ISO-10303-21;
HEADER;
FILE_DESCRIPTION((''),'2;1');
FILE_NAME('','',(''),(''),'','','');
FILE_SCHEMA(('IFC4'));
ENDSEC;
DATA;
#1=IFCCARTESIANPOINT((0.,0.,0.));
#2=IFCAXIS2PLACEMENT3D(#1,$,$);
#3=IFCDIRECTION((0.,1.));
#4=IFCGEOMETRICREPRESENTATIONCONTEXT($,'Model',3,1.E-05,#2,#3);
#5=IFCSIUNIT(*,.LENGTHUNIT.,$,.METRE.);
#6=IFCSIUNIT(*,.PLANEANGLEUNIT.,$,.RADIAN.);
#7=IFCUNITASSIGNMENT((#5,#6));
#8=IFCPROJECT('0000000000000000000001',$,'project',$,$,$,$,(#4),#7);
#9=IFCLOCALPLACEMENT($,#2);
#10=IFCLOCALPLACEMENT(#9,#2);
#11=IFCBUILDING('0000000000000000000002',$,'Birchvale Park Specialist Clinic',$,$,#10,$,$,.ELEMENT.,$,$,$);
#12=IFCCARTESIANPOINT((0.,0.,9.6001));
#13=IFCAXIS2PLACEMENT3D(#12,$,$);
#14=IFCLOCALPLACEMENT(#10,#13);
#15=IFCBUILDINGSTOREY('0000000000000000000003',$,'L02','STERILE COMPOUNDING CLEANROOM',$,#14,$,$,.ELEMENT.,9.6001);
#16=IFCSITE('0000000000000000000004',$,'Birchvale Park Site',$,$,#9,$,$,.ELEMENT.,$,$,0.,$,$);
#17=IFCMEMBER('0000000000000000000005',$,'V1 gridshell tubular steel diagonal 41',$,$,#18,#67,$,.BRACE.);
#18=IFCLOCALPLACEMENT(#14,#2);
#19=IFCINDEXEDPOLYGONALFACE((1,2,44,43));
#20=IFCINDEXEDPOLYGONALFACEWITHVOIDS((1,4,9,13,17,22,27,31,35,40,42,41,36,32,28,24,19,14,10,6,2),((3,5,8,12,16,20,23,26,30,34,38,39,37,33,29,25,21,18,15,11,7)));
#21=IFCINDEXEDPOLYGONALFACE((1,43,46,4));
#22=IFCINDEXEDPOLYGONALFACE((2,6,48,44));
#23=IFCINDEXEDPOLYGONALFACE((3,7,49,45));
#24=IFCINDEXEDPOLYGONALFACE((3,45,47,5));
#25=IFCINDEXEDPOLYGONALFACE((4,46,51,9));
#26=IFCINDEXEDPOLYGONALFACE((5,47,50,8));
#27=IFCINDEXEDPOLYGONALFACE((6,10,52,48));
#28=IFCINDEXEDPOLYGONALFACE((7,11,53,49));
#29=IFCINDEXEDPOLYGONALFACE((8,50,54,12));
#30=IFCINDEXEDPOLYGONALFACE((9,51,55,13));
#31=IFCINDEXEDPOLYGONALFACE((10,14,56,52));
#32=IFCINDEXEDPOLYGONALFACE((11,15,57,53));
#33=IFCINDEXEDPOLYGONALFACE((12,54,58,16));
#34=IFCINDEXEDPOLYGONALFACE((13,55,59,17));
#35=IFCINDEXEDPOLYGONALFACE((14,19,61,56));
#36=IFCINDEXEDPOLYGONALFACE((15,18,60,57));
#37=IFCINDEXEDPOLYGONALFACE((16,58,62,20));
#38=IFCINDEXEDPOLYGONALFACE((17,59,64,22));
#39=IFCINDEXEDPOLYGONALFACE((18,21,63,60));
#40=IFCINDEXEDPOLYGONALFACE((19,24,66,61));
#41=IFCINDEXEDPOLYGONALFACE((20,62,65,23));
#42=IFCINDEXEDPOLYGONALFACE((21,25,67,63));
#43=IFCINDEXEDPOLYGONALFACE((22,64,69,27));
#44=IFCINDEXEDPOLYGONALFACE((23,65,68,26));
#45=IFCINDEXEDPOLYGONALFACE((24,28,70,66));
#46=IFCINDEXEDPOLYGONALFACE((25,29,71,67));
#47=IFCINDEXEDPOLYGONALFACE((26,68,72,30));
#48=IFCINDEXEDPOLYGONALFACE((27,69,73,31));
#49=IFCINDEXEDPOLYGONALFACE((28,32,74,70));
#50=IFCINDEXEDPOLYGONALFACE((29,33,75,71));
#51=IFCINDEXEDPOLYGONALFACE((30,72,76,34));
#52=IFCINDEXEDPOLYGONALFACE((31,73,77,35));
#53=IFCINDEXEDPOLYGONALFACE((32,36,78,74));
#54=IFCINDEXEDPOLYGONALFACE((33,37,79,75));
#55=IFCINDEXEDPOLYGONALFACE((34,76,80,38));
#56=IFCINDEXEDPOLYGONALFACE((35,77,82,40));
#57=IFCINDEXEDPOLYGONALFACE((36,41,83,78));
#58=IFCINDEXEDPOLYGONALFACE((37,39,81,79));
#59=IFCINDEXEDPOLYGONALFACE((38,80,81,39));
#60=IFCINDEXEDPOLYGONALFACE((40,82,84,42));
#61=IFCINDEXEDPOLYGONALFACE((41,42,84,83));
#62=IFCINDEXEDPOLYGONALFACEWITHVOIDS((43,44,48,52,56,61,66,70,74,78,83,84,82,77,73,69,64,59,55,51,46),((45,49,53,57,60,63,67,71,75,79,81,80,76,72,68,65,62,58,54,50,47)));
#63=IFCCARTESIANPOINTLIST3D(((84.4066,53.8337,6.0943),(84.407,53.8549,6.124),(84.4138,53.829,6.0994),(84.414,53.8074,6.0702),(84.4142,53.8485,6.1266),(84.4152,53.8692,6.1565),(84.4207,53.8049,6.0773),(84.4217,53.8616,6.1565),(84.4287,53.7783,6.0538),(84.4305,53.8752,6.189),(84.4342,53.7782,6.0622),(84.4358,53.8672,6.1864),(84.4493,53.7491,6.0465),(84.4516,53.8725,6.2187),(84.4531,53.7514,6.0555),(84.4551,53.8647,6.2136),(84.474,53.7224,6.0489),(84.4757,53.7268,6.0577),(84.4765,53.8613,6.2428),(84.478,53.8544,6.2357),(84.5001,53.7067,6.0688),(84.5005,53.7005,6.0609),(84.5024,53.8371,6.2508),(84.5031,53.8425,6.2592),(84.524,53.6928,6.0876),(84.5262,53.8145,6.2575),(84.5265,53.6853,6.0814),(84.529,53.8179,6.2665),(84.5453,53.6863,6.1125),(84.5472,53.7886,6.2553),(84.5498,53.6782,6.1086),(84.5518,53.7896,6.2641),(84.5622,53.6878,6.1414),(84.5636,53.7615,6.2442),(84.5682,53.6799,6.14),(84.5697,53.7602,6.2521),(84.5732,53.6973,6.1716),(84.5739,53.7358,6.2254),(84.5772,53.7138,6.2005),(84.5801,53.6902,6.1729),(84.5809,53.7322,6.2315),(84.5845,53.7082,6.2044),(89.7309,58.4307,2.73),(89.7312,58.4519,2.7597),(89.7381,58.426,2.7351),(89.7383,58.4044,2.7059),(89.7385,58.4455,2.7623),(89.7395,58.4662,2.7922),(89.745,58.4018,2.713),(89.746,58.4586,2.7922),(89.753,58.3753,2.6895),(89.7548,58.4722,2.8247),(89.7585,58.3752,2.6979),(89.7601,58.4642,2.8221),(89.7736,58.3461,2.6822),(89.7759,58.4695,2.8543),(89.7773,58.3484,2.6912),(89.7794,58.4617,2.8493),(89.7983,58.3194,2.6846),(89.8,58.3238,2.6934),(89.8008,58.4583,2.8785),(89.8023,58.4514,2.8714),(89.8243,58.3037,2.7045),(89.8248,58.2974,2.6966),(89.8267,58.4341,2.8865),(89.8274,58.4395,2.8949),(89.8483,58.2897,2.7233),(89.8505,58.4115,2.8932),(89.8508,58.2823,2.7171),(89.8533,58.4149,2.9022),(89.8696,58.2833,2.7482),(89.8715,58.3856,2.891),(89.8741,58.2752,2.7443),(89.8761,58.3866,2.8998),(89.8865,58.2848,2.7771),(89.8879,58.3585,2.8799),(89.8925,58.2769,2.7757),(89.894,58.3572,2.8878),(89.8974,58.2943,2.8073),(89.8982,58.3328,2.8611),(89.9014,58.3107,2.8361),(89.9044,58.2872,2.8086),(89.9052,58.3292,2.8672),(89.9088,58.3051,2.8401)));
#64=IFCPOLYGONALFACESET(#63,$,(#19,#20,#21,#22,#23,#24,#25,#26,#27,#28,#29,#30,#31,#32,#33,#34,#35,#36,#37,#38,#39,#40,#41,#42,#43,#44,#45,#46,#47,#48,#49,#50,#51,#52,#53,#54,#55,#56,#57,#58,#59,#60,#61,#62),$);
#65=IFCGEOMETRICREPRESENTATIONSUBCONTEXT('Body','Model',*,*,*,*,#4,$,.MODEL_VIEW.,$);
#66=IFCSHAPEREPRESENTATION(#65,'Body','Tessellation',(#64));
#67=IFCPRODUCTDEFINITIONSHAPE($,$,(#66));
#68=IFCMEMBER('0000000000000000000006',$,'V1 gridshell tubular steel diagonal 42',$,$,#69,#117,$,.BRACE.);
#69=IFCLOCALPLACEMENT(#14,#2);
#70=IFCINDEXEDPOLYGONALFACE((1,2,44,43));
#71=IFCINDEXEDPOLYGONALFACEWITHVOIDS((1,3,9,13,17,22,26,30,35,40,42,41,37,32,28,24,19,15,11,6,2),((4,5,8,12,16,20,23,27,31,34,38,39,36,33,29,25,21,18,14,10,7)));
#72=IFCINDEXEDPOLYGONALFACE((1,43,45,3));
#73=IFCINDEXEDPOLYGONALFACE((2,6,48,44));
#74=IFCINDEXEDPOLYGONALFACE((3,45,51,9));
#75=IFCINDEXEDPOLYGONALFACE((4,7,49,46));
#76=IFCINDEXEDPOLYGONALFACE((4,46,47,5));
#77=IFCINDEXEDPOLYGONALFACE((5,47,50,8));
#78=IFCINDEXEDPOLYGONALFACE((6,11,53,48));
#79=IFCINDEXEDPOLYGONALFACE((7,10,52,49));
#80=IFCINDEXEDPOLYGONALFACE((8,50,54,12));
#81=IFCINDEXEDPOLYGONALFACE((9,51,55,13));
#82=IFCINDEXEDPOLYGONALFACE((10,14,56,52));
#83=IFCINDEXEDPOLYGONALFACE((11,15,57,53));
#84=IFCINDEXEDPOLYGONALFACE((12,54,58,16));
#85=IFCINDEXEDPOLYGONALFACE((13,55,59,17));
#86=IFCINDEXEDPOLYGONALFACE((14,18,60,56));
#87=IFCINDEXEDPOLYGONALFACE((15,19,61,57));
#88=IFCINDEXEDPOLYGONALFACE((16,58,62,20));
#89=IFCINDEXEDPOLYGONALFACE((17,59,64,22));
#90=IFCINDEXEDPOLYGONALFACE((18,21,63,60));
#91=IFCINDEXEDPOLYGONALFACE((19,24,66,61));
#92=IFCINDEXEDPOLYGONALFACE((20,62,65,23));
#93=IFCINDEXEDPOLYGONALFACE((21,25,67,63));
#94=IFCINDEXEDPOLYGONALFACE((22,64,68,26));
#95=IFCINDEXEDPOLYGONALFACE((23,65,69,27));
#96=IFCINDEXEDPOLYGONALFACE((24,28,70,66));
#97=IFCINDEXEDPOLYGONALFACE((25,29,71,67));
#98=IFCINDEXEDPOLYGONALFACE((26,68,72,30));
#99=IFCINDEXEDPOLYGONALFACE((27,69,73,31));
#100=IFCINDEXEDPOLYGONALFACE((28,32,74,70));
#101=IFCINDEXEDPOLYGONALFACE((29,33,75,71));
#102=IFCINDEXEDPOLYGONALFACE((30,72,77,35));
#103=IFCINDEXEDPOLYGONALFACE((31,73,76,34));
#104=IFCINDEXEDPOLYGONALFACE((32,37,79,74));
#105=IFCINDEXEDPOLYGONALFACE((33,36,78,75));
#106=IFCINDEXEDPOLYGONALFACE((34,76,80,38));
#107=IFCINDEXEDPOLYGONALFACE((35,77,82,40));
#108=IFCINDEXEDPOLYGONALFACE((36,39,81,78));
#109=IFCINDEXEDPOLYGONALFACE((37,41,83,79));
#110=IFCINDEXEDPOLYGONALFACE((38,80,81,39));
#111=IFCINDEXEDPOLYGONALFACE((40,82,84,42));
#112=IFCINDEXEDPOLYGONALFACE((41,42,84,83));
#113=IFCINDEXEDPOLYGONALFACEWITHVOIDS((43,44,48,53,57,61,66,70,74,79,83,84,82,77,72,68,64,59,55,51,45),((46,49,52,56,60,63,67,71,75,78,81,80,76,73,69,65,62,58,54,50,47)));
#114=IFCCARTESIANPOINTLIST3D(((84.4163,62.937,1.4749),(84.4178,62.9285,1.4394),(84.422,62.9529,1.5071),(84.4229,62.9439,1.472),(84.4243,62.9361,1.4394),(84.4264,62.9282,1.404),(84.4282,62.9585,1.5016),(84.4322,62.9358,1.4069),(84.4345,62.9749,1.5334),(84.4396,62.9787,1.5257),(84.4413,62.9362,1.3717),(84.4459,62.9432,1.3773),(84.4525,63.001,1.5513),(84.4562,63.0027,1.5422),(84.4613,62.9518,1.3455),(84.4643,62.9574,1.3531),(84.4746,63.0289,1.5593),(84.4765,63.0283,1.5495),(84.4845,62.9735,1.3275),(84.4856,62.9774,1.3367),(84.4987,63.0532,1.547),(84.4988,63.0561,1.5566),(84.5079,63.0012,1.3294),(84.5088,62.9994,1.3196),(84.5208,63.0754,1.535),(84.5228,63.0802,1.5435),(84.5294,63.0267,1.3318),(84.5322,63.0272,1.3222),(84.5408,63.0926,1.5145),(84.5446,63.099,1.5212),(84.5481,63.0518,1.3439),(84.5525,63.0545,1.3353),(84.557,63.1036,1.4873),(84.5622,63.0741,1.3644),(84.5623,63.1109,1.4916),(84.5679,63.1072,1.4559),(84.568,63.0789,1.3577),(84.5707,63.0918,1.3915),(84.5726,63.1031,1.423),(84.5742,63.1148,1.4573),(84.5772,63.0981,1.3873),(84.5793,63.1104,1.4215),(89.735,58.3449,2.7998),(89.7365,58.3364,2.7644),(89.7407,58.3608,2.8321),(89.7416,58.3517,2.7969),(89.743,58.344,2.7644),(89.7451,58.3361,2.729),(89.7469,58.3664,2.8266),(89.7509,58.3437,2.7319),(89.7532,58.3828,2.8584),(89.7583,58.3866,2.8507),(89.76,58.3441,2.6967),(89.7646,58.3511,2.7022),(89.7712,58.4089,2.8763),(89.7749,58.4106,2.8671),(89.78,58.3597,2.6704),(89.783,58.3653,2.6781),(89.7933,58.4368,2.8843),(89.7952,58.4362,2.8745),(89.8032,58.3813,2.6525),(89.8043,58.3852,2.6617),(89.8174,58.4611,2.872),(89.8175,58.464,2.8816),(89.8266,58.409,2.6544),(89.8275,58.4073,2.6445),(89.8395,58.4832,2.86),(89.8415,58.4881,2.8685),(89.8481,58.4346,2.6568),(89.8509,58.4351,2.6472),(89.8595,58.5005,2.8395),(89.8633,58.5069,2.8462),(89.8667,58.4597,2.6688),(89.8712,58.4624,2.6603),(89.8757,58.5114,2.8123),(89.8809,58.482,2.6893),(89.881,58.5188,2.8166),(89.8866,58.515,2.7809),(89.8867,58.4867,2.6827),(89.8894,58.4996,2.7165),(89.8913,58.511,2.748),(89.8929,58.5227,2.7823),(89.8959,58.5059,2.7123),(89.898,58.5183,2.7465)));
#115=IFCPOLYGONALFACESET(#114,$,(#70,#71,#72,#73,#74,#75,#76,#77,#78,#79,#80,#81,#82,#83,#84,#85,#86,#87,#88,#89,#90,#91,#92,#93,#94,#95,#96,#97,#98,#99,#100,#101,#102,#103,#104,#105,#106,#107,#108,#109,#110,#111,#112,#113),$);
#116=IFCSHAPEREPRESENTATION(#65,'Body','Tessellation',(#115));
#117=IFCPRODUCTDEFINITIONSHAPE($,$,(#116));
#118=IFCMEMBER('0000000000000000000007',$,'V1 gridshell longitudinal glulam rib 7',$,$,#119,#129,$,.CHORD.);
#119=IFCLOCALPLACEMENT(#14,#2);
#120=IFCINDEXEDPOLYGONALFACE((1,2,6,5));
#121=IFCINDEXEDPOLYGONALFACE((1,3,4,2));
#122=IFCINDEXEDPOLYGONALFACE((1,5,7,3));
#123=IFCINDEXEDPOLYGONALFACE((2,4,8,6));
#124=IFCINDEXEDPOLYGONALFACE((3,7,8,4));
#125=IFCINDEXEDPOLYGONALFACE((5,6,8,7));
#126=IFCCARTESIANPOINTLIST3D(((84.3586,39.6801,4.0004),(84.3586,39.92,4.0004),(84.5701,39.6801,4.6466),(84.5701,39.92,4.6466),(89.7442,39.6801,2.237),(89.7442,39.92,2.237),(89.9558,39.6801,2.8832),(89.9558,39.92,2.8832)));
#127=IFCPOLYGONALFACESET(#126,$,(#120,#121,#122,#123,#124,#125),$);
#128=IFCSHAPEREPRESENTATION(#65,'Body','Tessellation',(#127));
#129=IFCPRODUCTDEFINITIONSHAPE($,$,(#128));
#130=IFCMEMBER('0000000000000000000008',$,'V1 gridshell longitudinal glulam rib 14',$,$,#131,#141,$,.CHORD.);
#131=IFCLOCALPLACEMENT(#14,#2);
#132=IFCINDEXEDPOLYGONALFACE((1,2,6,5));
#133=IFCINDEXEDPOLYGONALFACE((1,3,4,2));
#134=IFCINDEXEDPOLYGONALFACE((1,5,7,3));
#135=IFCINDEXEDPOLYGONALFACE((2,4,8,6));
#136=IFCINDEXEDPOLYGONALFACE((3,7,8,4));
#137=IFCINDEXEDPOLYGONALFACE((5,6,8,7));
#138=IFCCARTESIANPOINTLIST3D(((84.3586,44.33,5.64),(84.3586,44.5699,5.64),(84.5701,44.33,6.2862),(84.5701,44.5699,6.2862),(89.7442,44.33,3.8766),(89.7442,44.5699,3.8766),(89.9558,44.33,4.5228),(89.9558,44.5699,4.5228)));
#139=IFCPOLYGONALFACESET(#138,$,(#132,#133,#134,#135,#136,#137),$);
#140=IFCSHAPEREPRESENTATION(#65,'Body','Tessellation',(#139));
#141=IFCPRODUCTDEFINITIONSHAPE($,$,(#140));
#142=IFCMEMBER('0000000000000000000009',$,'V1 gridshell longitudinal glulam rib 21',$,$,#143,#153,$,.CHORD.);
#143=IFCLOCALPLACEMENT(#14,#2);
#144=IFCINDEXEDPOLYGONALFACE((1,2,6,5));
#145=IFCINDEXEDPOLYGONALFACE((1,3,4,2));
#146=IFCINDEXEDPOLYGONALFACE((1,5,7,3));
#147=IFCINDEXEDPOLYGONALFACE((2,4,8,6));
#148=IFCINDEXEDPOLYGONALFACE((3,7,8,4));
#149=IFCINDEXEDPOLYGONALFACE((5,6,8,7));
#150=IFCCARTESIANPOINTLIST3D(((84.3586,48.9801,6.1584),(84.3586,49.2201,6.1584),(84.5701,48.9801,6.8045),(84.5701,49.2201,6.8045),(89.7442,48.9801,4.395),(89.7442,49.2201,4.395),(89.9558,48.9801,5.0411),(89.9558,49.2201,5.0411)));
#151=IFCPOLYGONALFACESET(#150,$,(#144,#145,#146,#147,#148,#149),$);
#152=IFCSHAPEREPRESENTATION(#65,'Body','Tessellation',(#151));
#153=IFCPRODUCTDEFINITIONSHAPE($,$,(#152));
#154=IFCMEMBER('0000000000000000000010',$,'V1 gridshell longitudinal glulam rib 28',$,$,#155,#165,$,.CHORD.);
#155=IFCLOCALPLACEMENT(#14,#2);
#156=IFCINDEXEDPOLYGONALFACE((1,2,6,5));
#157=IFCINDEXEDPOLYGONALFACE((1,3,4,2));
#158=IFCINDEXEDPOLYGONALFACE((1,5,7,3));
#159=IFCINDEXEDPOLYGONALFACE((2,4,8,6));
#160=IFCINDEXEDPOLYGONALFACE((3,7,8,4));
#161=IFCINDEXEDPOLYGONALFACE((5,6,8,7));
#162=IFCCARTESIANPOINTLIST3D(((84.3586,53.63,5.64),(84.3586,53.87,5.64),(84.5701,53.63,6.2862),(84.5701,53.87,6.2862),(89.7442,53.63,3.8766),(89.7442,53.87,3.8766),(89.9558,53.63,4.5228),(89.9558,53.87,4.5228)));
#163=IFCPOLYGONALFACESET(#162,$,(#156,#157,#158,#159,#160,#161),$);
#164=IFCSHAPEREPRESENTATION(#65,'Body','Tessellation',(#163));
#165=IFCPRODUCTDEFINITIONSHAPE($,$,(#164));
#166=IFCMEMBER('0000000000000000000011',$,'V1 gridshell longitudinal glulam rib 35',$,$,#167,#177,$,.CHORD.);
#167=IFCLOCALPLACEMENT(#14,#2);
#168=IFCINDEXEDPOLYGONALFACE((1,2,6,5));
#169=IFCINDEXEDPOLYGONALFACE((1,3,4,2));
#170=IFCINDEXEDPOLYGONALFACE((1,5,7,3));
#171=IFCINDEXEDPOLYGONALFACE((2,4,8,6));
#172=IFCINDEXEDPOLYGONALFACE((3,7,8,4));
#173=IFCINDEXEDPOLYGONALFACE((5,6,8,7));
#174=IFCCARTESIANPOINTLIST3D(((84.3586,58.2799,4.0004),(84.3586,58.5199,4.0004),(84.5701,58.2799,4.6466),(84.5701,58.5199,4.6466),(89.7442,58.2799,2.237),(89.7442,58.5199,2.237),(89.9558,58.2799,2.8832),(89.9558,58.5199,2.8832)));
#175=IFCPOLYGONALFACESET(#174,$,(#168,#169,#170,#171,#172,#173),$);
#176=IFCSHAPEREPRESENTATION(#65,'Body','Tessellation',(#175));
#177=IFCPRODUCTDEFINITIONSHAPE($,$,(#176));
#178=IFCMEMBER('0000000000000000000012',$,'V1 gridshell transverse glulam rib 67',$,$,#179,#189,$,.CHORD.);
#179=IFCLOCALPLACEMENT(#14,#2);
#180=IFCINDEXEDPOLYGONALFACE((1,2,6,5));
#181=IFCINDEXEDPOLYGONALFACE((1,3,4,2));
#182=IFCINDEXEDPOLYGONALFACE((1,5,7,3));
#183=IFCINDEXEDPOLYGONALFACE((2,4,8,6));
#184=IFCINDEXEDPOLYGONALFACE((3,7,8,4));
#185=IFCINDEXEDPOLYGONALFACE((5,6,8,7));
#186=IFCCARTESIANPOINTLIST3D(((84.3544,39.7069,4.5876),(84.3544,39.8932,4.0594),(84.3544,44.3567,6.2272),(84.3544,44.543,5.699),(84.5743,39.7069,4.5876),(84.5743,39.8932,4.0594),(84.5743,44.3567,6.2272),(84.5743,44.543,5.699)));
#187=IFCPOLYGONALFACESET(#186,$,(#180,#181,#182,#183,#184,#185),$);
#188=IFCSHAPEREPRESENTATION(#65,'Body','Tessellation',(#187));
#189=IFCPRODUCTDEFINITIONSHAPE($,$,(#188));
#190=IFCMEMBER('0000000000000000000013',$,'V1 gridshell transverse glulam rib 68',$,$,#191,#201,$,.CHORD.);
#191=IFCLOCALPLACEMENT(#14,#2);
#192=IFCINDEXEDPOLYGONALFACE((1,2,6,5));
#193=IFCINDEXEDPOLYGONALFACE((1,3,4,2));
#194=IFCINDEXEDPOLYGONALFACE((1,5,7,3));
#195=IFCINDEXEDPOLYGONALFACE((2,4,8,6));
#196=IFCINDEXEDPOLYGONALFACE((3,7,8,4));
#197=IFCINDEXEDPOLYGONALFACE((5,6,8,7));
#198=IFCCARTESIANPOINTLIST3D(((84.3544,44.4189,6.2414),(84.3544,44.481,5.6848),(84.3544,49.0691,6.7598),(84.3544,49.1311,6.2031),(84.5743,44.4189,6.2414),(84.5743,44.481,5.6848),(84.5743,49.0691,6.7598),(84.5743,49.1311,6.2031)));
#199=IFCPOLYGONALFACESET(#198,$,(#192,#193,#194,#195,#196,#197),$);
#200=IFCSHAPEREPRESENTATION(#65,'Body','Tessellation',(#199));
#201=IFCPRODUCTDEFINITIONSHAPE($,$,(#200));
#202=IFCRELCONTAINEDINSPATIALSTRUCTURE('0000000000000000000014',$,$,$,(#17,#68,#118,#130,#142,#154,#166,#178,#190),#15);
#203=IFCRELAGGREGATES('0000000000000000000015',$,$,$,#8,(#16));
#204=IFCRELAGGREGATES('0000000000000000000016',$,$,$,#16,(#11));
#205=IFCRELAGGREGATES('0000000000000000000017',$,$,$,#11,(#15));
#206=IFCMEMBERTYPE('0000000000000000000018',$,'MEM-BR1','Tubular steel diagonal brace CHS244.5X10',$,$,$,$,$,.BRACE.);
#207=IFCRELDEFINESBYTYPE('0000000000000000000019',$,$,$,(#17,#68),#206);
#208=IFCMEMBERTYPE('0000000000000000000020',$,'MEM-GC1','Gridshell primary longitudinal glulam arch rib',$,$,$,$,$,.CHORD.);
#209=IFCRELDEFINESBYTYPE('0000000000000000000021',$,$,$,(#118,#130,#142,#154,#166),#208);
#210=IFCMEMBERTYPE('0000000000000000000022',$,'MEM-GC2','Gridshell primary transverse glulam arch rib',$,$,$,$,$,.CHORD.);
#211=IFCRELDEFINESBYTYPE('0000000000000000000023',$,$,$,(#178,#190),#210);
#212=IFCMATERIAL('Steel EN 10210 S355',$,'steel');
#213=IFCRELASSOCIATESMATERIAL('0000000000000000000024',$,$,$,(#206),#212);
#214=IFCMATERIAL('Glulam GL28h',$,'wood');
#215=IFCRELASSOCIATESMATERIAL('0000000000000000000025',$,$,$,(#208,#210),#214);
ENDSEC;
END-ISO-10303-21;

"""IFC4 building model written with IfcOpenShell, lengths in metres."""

from ifc_helpers import new_model, si_unit, direction, frame, origin, origin_2d, place, context, subcontext, project, spatial, rectangle, hollow_circle, extrude, material, material_profile, profile_set, type_object, element, save


model = new_model("IFC4")

# Units and contexts
model_context = context("Model", 3, precision=1e-05, world=origin(), true_north=direction((0.0, 1.0)))
body_context = subcontext(model_context, "Body", "Model", "MODEL_VIEW")
ifc_project = project(units=[si_unit("LENGTHUNIT", "METRE"), si_unit("PLANEANGLEUNIT", "RADIAN")], contexts=[model_context])

# Site, building, storey
site_placement = place(None, origin())
site = spatial("IfcSite", under=ifc_project, at=site_placement, Name="Birchvale Park Site", CompositionType="ELEMENT", RefElevation=0.0)
building_placement = place(site_placement, origin())
building = spatial("IfcBuilding", under=site, at=building_placement, Name="Birchvale Park Specialist Clinic", CompositionType="ELEMENT")
storey_placement = place(building_placement, frame((0.0, 0.0, 9.6001)))
storey = spatial("IfcBuildingStorey", under=building, at=storey_placement, Name="L02", Description="STERILE COMPOUNDING CLEANROOM", CompositionType="ELEMENT", Elevation=9.6001)

# Members
ifc_material_1 = material(Name="Steel EN 10210 S355", Category="steel")
ifc_material_profile_1 = material_profile(ifc_material_1, hollow_circle(Radius=0.1223, WallThickness=0.01, at=origin_2d()), Name="CHS244.5X10")
ifc_profile_set_1 = profile_set([ifc_material_profile_1], Name="Steel EN 10210 S355")
member_type_1 = type_object("IfcMemberType", Name="MEM-BR1", Description="Tubular steel diagonal brace CHS244.5X10", PredefinedType="BRACE", material=ifc_profile_set_1)
member_1_placement = place(storey_placement, frame((84.4951, 53.7766, 6.1565), z_axis=(0.682832, 0.589556, -0.431467), x_axis=(-0.653517, 0.756912, 0.0)))
element("IfcMember", 1, at=member_1_placement, inside=storey, type_object=member_type_1, Name="V1 gridshell tubular steel diagonal 41", PredefinedType="BRACE", context=body_context, shape_type="SweptSolid", body=[
    extrude(hollow_circle(Radius=0.1223, WallThickness=0.01, at=origin_2d()), origin(), (0.0, 0.0, 1.0), 7.7974),
])
member_2_placement = place(storey_placement, frame((89.8164, 58.429, 2.7644), z_axis=(-0.743807, 0.642197, -0.185294), x_axis=(-0.653514, -0.756914, 0.0)))
element("IfcMember", 2, at=member_2_placement, inside=storey, type_object=member_type_1, Name="V1 gridshell tubular steel diagonal 42", PredefinedType="BRACE", context=body_context, shape_type="SweptSolid", body=[
    extrude(hollow_circle(Radius=0.1223, WallThickness=0.01, at=origin_2d()), origin(), (0.0, 0.0, 1.0), 7.1506),
])
ifc_material_2 = material(Name="Glulam GL28h", Category="wood")
ifc_material_profile_2 = material_profile(ifc_material_2, rectangle(XDim=0.24, YDim=0.6799, at=origin_2d()), Name="GL-240x680")
ifc_profile_set_2 = profile_set([ifc_material_profile_2], Name="Glulam GL28h")
member_type_2 = type_object("IfcMemberType", Name="MEM-GC1", Description="Gridshell primary longitudinal glulam arch rib", PredefinedType="CHORD", material=ifc_profile_set_2)
for number, where, z_axis, x_axis, name in (
    (3, (84.4644, 39.8, 4.3235), (0.950354, 0.0, -0.31117), (0.0, 1.0, 0.0), "V1 gridshell longitudinal glulam rib 7"),
    (4, (84.4644, 44.45, 5.9631), (0.950354, 0.0, -0.31117), (0.0, 1.0, 0.0), "V1 gridshell longitudinal glulam rib 14"),
    (5, (84.4644, 49.1001, 6.4814), (0.950354, 0.0, -0.31117), (0.0, 1.0, 0.0), "V1 gridshell longitudinal glulam rib 21"),
    (6, (84.4644, 53.75, 5.9631), (0.950354, 0.0, -0.31117), (0.0, 1.0, 0.0), "V1 gridshell longitudinal glulam rib 28"),
    (7, (84.4644, 58.3999, 4.3235), (0.950354, 0.0, -0.31117), (0.0, 1.0, 0.0), "V1 gridshell longitudinal glulam rib 35"),
):
    element("IfcMember", number, at=place(storey_placement, frame(where, z_axis=z_axis, x_axis=x_axis)), inside=storey, type_object=member_type_2, Name=name, PredefinedType="CHORD", context=body_context, shape_type="SweptSolid", body=[
        extrude(rectangle(XDim=0.24, YDim=0.6799, at=origin_2d()), origin(), (0.0, 0.0, 1.0), 5.667),
    ])
ifc_material_profile_3 = material_profile(ifc_material_2, rectangle(XDim=0.22, YDim=0.5601, at=origin_2d()), Name="GL-220x560")
ifc_profile_set_3 = profile_set([ifc_material_profile_3], Name="Glulam GL28h")
member_type_3 = type_object("IfcMemberType", Name="MEM-GC2", Description="Gridshell primary transverse glulam arch rib", PredefinedType="CHORD", material=ifc_profile_set_3)
member_3_placement = place(storey_placement, frame((84.4644, 39.8, 4.3235), z_axis=(0.0, 0.943085, 0.332551), x_axis=(-1.0, 0.0, 0.0)))
element("IfcMember", 8, at=member_3_placement, inside=storey, type_object=member_type_3, Name="V1 gridshell transverse glulam rib 67", PredefinedType="CHORD", context=body_context, shape_type="SweptSolid", body=[
    extrude(rectangle(XDim=0.22, YDim=0.5601, at=origin_2d()), origin(), (0.0, 0.0, 1.0), 4.9304),
])
member_4_placement = place(storey_placement, frame((84.4644, 44.45, 5.9631), z_axis=(0.0, 0.993845, 0.110775), x_axis=(-1.0, 0.0, 0.0)))
element("IfcMember", 9, at=member_4_placement, inside=storey, type_object=member_type_3, Name="V1 gridshell transverse glulam rib 68", PredefinedType="CHORD", context=body_context, shape_type="SweptSolid", body=[
    extrude(rectangle(XDim=0.22, YDim=0.5601, at=origin_2d()), origin(), (0.0, 0.0, 1.0), 4.679),
])

save(model, "model.ifc")
